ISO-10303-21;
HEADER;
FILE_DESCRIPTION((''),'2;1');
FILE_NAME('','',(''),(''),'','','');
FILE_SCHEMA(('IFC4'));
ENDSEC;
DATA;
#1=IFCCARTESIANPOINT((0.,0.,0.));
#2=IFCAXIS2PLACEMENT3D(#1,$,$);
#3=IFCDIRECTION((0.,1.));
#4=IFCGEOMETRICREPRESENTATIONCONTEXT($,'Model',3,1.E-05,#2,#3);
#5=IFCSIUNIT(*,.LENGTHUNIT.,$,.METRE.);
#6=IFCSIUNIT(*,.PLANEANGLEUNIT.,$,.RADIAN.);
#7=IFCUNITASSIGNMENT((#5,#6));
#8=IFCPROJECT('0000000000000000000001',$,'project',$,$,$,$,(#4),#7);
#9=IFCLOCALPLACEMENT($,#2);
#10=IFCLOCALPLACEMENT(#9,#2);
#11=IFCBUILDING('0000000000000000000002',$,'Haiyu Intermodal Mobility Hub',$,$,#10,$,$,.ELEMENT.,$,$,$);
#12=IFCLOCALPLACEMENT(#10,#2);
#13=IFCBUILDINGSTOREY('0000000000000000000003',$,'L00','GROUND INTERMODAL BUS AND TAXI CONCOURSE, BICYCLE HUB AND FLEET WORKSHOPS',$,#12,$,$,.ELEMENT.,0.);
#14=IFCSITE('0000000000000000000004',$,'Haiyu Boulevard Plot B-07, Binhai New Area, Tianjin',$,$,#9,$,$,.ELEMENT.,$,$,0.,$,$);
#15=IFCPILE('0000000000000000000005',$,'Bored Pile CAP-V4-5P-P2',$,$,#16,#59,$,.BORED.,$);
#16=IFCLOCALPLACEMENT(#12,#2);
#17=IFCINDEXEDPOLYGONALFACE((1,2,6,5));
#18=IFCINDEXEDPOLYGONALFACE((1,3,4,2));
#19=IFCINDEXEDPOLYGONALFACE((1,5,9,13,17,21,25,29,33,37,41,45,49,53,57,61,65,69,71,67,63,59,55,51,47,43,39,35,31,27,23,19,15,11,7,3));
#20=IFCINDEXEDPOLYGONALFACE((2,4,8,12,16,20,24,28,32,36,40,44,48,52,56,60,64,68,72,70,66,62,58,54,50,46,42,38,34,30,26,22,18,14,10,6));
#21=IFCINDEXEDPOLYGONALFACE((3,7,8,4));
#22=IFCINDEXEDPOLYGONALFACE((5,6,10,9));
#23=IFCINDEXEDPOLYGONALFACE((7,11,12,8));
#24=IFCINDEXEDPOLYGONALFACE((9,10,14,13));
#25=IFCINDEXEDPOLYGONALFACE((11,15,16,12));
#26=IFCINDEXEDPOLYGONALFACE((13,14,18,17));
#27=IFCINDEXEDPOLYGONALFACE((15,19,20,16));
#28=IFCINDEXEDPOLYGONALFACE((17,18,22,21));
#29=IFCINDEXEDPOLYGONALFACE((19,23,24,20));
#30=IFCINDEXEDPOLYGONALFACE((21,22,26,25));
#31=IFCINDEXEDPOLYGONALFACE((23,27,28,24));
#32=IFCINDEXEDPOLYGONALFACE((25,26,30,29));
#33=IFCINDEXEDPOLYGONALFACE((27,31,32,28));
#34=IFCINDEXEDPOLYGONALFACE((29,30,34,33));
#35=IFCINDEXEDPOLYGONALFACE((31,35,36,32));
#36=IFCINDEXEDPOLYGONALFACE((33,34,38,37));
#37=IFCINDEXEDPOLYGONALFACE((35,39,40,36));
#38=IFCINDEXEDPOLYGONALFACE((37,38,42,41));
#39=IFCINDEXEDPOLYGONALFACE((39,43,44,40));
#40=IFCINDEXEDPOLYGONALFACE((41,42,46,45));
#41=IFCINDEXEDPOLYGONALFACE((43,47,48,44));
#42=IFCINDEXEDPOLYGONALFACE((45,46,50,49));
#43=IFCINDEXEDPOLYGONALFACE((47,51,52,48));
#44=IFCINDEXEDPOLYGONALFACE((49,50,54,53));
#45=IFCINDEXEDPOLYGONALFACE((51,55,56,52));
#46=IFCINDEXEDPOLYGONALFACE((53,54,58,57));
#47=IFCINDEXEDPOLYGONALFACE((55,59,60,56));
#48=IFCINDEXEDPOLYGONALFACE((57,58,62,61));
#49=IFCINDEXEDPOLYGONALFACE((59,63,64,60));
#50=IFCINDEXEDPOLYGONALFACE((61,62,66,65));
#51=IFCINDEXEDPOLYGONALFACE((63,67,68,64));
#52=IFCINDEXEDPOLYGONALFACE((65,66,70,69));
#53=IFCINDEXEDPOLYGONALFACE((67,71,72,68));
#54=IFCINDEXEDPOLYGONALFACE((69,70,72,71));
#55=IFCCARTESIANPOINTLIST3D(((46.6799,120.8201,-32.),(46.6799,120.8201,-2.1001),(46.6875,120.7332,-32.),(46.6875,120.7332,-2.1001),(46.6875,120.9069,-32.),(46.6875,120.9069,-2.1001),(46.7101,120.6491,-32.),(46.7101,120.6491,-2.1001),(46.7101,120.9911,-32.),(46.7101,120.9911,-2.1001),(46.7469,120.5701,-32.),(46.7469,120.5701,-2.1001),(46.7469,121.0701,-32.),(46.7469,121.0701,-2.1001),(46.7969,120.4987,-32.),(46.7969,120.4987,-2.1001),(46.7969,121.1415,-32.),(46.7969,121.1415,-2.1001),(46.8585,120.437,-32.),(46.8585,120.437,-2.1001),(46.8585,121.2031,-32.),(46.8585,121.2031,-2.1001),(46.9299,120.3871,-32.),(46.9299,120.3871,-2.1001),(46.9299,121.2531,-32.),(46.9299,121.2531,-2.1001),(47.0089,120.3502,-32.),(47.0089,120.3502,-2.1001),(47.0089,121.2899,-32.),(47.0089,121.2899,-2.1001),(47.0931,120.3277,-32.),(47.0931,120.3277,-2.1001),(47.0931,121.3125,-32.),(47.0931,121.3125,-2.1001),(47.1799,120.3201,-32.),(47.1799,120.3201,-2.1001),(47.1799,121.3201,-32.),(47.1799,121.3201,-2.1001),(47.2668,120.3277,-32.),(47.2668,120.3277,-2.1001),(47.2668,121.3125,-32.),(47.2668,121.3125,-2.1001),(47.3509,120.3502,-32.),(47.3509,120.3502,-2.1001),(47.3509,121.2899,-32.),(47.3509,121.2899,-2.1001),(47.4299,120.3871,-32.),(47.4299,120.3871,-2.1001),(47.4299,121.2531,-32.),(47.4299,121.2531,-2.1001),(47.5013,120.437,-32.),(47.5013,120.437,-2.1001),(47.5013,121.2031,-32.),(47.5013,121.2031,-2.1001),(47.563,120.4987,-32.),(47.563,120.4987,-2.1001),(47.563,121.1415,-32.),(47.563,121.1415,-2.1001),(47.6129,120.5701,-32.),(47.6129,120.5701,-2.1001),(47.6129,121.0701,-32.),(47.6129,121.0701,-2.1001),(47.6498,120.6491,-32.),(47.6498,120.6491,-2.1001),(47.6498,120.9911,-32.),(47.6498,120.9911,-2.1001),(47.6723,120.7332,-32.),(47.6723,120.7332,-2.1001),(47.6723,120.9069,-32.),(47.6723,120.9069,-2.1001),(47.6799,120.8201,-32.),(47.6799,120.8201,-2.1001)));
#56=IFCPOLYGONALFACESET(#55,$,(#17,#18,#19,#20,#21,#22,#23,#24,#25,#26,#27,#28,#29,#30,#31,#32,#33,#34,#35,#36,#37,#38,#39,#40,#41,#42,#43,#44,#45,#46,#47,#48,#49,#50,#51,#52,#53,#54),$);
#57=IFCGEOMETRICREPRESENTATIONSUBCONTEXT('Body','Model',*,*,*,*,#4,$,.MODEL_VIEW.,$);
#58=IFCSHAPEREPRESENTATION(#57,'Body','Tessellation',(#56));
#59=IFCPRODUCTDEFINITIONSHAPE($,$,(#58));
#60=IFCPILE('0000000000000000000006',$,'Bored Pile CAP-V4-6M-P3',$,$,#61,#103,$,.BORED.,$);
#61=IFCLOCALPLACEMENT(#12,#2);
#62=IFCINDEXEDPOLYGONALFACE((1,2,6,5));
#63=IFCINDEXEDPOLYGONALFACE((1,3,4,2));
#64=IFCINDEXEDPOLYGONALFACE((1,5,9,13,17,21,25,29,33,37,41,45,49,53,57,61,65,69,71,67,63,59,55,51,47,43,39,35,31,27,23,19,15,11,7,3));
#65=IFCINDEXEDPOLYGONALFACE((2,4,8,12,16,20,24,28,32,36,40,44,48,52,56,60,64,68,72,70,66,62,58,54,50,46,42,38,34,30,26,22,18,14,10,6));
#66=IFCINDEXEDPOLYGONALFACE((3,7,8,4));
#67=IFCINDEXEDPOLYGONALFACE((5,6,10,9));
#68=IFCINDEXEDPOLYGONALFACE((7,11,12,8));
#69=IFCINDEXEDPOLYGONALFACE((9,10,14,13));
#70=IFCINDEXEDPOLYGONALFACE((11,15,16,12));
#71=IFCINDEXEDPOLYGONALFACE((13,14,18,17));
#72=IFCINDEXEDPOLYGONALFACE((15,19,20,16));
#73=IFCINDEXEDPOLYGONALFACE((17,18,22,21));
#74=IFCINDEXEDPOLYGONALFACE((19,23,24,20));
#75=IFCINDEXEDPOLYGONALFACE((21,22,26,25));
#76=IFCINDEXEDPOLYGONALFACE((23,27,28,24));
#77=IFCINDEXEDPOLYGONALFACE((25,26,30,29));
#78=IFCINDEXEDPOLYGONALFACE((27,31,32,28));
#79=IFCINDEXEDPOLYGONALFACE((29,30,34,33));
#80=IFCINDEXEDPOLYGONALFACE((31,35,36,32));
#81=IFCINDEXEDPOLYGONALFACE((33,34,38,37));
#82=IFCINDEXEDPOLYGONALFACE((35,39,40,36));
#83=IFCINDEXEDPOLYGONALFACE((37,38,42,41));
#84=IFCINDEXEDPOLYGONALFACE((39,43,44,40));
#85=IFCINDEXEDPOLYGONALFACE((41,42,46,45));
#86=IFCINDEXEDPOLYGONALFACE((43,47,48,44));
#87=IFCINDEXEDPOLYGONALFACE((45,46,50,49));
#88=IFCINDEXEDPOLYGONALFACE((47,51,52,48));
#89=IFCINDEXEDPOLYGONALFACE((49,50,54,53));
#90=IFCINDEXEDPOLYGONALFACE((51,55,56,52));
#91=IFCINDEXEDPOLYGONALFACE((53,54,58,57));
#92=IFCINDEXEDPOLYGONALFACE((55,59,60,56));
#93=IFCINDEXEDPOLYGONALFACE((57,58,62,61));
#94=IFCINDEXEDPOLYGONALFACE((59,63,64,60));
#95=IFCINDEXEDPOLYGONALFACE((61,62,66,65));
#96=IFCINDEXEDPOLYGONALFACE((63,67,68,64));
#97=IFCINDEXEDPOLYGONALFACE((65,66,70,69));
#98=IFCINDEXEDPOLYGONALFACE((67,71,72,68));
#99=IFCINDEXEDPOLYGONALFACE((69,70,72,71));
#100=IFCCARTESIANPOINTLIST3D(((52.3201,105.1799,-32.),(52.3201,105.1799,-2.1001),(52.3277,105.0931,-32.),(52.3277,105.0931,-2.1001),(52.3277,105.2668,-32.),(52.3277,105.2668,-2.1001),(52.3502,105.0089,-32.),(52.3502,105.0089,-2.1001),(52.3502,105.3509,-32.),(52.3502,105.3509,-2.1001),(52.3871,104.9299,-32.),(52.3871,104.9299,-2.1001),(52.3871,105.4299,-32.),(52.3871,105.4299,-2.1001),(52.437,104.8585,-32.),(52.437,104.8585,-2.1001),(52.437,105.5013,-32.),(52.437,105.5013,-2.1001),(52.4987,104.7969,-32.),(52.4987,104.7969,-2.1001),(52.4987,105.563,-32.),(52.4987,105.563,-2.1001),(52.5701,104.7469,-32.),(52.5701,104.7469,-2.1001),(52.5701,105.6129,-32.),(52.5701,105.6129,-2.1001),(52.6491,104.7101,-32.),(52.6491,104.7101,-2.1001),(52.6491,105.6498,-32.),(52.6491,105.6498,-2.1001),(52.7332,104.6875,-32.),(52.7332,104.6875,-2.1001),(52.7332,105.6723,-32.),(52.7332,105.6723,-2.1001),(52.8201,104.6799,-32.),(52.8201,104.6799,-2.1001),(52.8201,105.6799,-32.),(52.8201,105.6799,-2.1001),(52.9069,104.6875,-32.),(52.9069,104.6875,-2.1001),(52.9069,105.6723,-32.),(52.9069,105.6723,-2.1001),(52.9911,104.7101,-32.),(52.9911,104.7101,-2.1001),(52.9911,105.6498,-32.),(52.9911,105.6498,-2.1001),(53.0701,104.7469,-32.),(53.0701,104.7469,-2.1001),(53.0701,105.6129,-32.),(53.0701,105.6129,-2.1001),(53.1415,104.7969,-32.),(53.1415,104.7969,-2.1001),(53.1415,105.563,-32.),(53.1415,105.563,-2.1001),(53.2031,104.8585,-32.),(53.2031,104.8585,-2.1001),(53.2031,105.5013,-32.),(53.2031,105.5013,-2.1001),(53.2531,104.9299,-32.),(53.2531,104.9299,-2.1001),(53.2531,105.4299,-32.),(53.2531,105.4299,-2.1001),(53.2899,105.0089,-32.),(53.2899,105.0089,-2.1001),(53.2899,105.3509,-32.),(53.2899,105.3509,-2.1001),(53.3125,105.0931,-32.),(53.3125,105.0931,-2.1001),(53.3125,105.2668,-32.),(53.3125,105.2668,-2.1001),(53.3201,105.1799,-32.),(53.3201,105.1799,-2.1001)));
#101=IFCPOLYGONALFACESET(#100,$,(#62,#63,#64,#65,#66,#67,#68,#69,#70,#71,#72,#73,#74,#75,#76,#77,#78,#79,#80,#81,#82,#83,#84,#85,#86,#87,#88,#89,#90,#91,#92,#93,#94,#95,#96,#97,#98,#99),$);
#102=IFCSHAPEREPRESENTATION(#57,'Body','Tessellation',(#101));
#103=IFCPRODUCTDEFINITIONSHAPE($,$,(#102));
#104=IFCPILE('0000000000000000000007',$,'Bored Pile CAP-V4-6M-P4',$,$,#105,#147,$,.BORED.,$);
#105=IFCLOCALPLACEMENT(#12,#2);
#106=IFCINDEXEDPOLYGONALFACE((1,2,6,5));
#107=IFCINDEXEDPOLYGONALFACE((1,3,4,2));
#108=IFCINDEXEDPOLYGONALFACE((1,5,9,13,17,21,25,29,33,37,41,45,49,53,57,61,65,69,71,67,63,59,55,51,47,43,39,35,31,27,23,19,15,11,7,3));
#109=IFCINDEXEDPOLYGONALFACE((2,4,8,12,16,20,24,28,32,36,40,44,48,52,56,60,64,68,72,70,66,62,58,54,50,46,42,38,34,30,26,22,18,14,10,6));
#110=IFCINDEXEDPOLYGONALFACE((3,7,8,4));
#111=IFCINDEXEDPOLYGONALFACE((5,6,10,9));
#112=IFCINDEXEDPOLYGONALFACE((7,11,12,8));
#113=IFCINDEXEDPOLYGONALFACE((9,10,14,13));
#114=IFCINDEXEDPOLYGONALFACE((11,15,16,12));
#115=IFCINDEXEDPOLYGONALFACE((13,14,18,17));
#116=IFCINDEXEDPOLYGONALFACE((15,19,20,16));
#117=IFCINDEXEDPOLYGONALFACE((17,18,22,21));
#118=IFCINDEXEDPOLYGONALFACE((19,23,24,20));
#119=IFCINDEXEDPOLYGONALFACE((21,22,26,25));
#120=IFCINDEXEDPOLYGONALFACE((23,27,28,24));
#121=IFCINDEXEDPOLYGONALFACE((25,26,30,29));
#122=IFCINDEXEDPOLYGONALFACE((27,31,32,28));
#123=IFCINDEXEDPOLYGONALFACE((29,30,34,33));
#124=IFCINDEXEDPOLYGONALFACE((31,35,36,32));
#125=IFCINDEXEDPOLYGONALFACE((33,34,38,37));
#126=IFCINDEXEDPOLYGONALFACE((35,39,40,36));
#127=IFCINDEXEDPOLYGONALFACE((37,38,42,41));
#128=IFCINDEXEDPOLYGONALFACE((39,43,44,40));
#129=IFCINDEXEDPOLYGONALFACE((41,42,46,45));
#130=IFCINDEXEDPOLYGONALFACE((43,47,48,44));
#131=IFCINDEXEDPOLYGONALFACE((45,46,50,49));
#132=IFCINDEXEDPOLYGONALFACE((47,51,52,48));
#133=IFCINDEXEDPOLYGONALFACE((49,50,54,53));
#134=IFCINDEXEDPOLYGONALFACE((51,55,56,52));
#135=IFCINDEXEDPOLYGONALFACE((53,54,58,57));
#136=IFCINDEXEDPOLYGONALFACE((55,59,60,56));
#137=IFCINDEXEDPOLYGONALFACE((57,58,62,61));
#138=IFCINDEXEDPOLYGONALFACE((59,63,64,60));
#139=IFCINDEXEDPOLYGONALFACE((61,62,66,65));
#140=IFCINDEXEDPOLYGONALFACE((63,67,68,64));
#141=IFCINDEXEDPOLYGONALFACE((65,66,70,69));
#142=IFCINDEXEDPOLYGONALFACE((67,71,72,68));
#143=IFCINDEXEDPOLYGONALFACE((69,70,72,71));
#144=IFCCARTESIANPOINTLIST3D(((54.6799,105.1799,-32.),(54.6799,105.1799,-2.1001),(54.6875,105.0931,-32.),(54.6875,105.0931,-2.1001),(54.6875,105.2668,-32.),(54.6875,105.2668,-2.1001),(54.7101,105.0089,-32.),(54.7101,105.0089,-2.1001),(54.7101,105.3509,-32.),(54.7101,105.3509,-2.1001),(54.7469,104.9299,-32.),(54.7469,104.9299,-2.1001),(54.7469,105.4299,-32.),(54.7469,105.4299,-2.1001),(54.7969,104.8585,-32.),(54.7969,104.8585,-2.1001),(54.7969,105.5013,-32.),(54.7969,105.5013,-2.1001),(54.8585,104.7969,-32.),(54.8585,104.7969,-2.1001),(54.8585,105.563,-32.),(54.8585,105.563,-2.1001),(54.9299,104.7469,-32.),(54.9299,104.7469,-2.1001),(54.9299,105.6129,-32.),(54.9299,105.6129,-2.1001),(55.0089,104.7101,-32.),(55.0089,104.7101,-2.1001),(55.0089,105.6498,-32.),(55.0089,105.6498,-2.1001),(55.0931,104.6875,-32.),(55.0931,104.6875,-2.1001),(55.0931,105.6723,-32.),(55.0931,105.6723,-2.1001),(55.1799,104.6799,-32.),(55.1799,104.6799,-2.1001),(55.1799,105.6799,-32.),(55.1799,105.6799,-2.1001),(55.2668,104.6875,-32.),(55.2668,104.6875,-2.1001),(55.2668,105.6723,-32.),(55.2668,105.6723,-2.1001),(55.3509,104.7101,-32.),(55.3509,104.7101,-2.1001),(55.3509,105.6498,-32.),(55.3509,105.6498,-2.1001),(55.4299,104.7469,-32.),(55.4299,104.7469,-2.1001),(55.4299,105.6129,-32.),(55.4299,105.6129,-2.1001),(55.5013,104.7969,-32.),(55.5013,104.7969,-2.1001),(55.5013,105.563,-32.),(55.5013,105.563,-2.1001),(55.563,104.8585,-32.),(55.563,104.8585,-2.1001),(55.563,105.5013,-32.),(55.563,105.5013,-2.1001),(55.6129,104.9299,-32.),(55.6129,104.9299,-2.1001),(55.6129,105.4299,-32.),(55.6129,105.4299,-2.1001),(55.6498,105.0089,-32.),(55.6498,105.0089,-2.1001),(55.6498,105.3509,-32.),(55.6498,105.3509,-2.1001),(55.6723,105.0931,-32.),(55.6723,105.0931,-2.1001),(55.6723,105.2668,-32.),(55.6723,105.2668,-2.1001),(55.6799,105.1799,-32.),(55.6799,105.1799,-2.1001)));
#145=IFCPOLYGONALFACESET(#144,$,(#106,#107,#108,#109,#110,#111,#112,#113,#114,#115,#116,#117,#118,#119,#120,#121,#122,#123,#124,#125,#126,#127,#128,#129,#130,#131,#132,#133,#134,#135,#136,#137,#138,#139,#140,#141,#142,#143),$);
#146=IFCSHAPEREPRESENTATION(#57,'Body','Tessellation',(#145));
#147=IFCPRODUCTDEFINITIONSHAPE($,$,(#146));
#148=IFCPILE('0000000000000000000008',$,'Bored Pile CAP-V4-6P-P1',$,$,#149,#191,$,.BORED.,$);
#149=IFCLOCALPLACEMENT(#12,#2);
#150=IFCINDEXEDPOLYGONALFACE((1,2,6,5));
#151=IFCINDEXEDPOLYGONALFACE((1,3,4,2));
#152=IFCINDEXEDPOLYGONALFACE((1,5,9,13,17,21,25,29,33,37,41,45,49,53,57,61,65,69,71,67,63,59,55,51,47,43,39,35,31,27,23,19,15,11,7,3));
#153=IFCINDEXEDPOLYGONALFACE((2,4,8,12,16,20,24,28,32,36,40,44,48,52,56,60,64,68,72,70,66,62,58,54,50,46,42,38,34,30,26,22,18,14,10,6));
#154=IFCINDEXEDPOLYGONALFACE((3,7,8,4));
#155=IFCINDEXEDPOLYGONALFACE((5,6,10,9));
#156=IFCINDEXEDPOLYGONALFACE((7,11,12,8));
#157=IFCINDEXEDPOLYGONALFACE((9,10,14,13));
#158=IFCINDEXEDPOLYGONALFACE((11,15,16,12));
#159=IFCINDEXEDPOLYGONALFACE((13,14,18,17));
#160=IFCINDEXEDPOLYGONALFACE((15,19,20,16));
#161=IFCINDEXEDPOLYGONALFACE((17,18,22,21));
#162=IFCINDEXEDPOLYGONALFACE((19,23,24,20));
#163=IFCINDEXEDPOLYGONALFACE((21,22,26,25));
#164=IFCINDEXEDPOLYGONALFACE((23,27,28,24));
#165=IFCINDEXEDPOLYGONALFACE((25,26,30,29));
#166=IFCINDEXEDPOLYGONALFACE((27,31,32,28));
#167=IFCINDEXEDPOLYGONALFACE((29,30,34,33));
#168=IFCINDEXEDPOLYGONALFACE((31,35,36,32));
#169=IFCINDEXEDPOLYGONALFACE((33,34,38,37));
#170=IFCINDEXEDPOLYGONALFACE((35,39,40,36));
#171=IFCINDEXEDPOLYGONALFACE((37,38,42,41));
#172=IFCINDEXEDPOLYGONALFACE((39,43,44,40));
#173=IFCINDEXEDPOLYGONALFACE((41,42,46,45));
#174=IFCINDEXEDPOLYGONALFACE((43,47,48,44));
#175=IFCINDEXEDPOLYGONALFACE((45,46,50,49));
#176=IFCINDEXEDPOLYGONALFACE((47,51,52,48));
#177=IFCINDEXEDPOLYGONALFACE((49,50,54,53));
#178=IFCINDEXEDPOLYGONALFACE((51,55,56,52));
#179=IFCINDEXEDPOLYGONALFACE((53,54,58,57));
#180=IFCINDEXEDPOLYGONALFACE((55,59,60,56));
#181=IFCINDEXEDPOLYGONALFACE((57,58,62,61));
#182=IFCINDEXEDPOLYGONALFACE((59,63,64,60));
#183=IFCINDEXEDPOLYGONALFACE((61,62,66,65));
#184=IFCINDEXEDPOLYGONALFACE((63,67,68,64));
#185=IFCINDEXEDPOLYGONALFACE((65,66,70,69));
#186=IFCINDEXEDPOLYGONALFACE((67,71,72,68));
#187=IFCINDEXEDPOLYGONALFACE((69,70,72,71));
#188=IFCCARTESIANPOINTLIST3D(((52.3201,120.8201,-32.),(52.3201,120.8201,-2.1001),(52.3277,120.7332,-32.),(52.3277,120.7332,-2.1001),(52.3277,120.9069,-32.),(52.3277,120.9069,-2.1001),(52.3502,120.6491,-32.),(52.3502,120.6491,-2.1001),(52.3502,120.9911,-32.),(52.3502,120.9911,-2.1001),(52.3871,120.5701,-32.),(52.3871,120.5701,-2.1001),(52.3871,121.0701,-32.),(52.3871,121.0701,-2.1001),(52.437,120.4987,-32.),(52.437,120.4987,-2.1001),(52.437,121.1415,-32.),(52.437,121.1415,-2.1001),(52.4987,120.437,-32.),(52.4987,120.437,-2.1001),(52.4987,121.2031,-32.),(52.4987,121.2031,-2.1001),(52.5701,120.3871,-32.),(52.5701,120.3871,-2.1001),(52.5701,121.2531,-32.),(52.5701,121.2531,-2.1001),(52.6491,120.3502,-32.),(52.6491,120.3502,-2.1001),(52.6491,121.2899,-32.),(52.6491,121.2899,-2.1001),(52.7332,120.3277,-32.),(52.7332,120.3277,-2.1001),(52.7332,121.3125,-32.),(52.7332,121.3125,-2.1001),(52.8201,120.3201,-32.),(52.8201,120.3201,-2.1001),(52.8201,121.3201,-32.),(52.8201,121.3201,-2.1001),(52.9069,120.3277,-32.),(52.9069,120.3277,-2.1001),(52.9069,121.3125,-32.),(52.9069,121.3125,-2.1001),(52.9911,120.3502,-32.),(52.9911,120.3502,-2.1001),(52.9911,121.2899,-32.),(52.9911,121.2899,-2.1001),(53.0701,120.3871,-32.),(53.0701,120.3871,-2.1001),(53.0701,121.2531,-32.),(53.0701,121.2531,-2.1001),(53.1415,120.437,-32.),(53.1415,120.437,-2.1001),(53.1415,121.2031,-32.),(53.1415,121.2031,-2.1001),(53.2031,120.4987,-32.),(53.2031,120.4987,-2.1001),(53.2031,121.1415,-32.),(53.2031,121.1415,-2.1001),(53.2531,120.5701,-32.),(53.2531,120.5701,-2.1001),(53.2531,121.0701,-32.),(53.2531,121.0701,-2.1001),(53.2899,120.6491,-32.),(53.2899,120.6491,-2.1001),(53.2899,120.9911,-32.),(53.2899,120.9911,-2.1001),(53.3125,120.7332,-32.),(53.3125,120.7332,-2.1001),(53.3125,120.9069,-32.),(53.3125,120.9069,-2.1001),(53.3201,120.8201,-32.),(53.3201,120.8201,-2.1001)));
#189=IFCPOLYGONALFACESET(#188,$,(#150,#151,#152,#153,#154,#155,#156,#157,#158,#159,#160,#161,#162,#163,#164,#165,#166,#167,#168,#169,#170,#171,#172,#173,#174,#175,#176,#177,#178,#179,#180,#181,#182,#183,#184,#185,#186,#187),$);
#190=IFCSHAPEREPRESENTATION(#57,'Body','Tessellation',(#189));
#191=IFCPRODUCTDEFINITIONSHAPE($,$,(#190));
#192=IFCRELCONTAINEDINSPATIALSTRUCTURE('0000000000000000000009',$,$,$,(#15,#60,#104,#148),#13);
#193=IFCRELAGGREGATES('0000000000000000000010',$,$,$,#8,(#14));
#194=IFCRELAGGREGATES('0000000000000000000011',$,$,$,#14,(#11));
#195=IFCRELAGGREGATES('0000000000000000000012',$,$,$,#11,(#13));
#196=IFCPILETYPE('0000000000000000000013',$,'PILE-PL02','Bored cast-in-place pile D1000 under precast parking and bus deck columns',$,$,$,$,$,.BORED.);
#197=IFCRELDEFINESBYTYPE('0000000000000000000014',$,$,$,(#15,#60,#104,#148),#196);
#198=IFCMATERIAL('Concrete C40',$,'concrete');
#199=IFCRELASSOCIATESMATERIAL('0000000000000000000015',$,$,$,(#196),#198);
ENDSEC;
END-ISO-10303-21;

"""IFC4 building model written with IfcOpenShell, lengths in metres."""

from ifc_helpers import new_model, si_unit, direction, frame, origin, origin_2d, place, context, subcontext, project, spatial, circle, extrude, material, material_profile, profile_set, type_object, element, save


model = new_model("IFC4")

# Units and contexts
model_context = context("Model", 3, precision=1e-05, world=origin(), true_north=direction((0.0, 1.0)))
body_context = subcontext(model_context, "Body", "Model", "MODEL_VIEW")
ifc_project = project(units=[si_unit("LENGTHUNIT", "METRE"), si_unit("PLANEANGLEUNIT", "RADIAN")], contexts=[model_context])

# Site, building, storey
site_placement = place(None, origin())
site = spatial("IfcSite", under=ifc_project, at=site_placement, Name="Haiyu Boulevard Plot B-07, Binhai New Area, Tianjin", CompositionType="ELEMENT", RefElevation=0.0)
building_placement = place(site_placement, origin())
building = spatial("IfcBuilding", under=site, at=building_placement, Name="Haiyu Intermodal Mobility Hub", CompositionType="ELEMENT")
storey_placement = place(building_placement, origin())
storey = spatial("IfcBuildingStorey", under=building, at=storey_placement, Name="L00", Description="GROUND INTERMODAL BUS AND TAXI CONCOURSE, BICYCLE HUB AND FLEET WORKSHOPS", CompositionType="ELEMENT", Elevation=0.0)

# Shared definitions
ifc_material_1 = material(Name="Concrete C40", Category="concrete")

# Piles
ifc_material_profile_1 = material_profile(ifc_material_1, circle(Radius=0.5, at=origin_2d()), Name="PILE-D1000")
ifc_profile_set_1 = profile_set([ifc_material_profile_1], Name="Concrete C40")
pile_type_1 = type_object("IfcPileType", Name="PILE-PL02", Description="Bored cast-in-place pile D1000 under precast parking and bus deck columns", PredefinedType="BORED", material=ifc_profile_set_1)
for number, where, z_axis, x_axis, name in (
    (1, (47.1799, 120.8201, -2.1001), (0.0, 0.0, -1.0), (1.0, 0.0, 0.0), "Bored Pile CAP-V4-5P-P2"),
    (2, (52.8201, 105.1799, -2.1001), (0.0, 0.0, -1.0), (1.0, 0.0, 0.0), "Bored Pile CAP-V4-6M-P3"),
    (3, (55.1799, 105.1799, -2.1001), (0.0, 0.0, -1.0), (1.0, 0.0, 0.0), "Bored Pile CAP-V4-6M-P4"),
    (4, (52.8201, 120.8201, -2.1001), (0.0, 0.0, -1.0), (1.0, 0.0, 0.0), "Bored Pile CAP-V4-6P-P1"),
):
    element("IfcPile", number, at=place(storey_placement, frame(where, z_axis=z_axis, x_axis=x_axis)), inside=storey, type_object=pile_type_1, Name=name, PredefinedType="BORED", context=body_context, shape_type="SweptSolid", body=[
        extrude(circle(Radius=0.5, at=origin_2d()), origin(), (0.0, 0.0, 1.0), 29.8999),
    ])

save(model, "model.ifc")
